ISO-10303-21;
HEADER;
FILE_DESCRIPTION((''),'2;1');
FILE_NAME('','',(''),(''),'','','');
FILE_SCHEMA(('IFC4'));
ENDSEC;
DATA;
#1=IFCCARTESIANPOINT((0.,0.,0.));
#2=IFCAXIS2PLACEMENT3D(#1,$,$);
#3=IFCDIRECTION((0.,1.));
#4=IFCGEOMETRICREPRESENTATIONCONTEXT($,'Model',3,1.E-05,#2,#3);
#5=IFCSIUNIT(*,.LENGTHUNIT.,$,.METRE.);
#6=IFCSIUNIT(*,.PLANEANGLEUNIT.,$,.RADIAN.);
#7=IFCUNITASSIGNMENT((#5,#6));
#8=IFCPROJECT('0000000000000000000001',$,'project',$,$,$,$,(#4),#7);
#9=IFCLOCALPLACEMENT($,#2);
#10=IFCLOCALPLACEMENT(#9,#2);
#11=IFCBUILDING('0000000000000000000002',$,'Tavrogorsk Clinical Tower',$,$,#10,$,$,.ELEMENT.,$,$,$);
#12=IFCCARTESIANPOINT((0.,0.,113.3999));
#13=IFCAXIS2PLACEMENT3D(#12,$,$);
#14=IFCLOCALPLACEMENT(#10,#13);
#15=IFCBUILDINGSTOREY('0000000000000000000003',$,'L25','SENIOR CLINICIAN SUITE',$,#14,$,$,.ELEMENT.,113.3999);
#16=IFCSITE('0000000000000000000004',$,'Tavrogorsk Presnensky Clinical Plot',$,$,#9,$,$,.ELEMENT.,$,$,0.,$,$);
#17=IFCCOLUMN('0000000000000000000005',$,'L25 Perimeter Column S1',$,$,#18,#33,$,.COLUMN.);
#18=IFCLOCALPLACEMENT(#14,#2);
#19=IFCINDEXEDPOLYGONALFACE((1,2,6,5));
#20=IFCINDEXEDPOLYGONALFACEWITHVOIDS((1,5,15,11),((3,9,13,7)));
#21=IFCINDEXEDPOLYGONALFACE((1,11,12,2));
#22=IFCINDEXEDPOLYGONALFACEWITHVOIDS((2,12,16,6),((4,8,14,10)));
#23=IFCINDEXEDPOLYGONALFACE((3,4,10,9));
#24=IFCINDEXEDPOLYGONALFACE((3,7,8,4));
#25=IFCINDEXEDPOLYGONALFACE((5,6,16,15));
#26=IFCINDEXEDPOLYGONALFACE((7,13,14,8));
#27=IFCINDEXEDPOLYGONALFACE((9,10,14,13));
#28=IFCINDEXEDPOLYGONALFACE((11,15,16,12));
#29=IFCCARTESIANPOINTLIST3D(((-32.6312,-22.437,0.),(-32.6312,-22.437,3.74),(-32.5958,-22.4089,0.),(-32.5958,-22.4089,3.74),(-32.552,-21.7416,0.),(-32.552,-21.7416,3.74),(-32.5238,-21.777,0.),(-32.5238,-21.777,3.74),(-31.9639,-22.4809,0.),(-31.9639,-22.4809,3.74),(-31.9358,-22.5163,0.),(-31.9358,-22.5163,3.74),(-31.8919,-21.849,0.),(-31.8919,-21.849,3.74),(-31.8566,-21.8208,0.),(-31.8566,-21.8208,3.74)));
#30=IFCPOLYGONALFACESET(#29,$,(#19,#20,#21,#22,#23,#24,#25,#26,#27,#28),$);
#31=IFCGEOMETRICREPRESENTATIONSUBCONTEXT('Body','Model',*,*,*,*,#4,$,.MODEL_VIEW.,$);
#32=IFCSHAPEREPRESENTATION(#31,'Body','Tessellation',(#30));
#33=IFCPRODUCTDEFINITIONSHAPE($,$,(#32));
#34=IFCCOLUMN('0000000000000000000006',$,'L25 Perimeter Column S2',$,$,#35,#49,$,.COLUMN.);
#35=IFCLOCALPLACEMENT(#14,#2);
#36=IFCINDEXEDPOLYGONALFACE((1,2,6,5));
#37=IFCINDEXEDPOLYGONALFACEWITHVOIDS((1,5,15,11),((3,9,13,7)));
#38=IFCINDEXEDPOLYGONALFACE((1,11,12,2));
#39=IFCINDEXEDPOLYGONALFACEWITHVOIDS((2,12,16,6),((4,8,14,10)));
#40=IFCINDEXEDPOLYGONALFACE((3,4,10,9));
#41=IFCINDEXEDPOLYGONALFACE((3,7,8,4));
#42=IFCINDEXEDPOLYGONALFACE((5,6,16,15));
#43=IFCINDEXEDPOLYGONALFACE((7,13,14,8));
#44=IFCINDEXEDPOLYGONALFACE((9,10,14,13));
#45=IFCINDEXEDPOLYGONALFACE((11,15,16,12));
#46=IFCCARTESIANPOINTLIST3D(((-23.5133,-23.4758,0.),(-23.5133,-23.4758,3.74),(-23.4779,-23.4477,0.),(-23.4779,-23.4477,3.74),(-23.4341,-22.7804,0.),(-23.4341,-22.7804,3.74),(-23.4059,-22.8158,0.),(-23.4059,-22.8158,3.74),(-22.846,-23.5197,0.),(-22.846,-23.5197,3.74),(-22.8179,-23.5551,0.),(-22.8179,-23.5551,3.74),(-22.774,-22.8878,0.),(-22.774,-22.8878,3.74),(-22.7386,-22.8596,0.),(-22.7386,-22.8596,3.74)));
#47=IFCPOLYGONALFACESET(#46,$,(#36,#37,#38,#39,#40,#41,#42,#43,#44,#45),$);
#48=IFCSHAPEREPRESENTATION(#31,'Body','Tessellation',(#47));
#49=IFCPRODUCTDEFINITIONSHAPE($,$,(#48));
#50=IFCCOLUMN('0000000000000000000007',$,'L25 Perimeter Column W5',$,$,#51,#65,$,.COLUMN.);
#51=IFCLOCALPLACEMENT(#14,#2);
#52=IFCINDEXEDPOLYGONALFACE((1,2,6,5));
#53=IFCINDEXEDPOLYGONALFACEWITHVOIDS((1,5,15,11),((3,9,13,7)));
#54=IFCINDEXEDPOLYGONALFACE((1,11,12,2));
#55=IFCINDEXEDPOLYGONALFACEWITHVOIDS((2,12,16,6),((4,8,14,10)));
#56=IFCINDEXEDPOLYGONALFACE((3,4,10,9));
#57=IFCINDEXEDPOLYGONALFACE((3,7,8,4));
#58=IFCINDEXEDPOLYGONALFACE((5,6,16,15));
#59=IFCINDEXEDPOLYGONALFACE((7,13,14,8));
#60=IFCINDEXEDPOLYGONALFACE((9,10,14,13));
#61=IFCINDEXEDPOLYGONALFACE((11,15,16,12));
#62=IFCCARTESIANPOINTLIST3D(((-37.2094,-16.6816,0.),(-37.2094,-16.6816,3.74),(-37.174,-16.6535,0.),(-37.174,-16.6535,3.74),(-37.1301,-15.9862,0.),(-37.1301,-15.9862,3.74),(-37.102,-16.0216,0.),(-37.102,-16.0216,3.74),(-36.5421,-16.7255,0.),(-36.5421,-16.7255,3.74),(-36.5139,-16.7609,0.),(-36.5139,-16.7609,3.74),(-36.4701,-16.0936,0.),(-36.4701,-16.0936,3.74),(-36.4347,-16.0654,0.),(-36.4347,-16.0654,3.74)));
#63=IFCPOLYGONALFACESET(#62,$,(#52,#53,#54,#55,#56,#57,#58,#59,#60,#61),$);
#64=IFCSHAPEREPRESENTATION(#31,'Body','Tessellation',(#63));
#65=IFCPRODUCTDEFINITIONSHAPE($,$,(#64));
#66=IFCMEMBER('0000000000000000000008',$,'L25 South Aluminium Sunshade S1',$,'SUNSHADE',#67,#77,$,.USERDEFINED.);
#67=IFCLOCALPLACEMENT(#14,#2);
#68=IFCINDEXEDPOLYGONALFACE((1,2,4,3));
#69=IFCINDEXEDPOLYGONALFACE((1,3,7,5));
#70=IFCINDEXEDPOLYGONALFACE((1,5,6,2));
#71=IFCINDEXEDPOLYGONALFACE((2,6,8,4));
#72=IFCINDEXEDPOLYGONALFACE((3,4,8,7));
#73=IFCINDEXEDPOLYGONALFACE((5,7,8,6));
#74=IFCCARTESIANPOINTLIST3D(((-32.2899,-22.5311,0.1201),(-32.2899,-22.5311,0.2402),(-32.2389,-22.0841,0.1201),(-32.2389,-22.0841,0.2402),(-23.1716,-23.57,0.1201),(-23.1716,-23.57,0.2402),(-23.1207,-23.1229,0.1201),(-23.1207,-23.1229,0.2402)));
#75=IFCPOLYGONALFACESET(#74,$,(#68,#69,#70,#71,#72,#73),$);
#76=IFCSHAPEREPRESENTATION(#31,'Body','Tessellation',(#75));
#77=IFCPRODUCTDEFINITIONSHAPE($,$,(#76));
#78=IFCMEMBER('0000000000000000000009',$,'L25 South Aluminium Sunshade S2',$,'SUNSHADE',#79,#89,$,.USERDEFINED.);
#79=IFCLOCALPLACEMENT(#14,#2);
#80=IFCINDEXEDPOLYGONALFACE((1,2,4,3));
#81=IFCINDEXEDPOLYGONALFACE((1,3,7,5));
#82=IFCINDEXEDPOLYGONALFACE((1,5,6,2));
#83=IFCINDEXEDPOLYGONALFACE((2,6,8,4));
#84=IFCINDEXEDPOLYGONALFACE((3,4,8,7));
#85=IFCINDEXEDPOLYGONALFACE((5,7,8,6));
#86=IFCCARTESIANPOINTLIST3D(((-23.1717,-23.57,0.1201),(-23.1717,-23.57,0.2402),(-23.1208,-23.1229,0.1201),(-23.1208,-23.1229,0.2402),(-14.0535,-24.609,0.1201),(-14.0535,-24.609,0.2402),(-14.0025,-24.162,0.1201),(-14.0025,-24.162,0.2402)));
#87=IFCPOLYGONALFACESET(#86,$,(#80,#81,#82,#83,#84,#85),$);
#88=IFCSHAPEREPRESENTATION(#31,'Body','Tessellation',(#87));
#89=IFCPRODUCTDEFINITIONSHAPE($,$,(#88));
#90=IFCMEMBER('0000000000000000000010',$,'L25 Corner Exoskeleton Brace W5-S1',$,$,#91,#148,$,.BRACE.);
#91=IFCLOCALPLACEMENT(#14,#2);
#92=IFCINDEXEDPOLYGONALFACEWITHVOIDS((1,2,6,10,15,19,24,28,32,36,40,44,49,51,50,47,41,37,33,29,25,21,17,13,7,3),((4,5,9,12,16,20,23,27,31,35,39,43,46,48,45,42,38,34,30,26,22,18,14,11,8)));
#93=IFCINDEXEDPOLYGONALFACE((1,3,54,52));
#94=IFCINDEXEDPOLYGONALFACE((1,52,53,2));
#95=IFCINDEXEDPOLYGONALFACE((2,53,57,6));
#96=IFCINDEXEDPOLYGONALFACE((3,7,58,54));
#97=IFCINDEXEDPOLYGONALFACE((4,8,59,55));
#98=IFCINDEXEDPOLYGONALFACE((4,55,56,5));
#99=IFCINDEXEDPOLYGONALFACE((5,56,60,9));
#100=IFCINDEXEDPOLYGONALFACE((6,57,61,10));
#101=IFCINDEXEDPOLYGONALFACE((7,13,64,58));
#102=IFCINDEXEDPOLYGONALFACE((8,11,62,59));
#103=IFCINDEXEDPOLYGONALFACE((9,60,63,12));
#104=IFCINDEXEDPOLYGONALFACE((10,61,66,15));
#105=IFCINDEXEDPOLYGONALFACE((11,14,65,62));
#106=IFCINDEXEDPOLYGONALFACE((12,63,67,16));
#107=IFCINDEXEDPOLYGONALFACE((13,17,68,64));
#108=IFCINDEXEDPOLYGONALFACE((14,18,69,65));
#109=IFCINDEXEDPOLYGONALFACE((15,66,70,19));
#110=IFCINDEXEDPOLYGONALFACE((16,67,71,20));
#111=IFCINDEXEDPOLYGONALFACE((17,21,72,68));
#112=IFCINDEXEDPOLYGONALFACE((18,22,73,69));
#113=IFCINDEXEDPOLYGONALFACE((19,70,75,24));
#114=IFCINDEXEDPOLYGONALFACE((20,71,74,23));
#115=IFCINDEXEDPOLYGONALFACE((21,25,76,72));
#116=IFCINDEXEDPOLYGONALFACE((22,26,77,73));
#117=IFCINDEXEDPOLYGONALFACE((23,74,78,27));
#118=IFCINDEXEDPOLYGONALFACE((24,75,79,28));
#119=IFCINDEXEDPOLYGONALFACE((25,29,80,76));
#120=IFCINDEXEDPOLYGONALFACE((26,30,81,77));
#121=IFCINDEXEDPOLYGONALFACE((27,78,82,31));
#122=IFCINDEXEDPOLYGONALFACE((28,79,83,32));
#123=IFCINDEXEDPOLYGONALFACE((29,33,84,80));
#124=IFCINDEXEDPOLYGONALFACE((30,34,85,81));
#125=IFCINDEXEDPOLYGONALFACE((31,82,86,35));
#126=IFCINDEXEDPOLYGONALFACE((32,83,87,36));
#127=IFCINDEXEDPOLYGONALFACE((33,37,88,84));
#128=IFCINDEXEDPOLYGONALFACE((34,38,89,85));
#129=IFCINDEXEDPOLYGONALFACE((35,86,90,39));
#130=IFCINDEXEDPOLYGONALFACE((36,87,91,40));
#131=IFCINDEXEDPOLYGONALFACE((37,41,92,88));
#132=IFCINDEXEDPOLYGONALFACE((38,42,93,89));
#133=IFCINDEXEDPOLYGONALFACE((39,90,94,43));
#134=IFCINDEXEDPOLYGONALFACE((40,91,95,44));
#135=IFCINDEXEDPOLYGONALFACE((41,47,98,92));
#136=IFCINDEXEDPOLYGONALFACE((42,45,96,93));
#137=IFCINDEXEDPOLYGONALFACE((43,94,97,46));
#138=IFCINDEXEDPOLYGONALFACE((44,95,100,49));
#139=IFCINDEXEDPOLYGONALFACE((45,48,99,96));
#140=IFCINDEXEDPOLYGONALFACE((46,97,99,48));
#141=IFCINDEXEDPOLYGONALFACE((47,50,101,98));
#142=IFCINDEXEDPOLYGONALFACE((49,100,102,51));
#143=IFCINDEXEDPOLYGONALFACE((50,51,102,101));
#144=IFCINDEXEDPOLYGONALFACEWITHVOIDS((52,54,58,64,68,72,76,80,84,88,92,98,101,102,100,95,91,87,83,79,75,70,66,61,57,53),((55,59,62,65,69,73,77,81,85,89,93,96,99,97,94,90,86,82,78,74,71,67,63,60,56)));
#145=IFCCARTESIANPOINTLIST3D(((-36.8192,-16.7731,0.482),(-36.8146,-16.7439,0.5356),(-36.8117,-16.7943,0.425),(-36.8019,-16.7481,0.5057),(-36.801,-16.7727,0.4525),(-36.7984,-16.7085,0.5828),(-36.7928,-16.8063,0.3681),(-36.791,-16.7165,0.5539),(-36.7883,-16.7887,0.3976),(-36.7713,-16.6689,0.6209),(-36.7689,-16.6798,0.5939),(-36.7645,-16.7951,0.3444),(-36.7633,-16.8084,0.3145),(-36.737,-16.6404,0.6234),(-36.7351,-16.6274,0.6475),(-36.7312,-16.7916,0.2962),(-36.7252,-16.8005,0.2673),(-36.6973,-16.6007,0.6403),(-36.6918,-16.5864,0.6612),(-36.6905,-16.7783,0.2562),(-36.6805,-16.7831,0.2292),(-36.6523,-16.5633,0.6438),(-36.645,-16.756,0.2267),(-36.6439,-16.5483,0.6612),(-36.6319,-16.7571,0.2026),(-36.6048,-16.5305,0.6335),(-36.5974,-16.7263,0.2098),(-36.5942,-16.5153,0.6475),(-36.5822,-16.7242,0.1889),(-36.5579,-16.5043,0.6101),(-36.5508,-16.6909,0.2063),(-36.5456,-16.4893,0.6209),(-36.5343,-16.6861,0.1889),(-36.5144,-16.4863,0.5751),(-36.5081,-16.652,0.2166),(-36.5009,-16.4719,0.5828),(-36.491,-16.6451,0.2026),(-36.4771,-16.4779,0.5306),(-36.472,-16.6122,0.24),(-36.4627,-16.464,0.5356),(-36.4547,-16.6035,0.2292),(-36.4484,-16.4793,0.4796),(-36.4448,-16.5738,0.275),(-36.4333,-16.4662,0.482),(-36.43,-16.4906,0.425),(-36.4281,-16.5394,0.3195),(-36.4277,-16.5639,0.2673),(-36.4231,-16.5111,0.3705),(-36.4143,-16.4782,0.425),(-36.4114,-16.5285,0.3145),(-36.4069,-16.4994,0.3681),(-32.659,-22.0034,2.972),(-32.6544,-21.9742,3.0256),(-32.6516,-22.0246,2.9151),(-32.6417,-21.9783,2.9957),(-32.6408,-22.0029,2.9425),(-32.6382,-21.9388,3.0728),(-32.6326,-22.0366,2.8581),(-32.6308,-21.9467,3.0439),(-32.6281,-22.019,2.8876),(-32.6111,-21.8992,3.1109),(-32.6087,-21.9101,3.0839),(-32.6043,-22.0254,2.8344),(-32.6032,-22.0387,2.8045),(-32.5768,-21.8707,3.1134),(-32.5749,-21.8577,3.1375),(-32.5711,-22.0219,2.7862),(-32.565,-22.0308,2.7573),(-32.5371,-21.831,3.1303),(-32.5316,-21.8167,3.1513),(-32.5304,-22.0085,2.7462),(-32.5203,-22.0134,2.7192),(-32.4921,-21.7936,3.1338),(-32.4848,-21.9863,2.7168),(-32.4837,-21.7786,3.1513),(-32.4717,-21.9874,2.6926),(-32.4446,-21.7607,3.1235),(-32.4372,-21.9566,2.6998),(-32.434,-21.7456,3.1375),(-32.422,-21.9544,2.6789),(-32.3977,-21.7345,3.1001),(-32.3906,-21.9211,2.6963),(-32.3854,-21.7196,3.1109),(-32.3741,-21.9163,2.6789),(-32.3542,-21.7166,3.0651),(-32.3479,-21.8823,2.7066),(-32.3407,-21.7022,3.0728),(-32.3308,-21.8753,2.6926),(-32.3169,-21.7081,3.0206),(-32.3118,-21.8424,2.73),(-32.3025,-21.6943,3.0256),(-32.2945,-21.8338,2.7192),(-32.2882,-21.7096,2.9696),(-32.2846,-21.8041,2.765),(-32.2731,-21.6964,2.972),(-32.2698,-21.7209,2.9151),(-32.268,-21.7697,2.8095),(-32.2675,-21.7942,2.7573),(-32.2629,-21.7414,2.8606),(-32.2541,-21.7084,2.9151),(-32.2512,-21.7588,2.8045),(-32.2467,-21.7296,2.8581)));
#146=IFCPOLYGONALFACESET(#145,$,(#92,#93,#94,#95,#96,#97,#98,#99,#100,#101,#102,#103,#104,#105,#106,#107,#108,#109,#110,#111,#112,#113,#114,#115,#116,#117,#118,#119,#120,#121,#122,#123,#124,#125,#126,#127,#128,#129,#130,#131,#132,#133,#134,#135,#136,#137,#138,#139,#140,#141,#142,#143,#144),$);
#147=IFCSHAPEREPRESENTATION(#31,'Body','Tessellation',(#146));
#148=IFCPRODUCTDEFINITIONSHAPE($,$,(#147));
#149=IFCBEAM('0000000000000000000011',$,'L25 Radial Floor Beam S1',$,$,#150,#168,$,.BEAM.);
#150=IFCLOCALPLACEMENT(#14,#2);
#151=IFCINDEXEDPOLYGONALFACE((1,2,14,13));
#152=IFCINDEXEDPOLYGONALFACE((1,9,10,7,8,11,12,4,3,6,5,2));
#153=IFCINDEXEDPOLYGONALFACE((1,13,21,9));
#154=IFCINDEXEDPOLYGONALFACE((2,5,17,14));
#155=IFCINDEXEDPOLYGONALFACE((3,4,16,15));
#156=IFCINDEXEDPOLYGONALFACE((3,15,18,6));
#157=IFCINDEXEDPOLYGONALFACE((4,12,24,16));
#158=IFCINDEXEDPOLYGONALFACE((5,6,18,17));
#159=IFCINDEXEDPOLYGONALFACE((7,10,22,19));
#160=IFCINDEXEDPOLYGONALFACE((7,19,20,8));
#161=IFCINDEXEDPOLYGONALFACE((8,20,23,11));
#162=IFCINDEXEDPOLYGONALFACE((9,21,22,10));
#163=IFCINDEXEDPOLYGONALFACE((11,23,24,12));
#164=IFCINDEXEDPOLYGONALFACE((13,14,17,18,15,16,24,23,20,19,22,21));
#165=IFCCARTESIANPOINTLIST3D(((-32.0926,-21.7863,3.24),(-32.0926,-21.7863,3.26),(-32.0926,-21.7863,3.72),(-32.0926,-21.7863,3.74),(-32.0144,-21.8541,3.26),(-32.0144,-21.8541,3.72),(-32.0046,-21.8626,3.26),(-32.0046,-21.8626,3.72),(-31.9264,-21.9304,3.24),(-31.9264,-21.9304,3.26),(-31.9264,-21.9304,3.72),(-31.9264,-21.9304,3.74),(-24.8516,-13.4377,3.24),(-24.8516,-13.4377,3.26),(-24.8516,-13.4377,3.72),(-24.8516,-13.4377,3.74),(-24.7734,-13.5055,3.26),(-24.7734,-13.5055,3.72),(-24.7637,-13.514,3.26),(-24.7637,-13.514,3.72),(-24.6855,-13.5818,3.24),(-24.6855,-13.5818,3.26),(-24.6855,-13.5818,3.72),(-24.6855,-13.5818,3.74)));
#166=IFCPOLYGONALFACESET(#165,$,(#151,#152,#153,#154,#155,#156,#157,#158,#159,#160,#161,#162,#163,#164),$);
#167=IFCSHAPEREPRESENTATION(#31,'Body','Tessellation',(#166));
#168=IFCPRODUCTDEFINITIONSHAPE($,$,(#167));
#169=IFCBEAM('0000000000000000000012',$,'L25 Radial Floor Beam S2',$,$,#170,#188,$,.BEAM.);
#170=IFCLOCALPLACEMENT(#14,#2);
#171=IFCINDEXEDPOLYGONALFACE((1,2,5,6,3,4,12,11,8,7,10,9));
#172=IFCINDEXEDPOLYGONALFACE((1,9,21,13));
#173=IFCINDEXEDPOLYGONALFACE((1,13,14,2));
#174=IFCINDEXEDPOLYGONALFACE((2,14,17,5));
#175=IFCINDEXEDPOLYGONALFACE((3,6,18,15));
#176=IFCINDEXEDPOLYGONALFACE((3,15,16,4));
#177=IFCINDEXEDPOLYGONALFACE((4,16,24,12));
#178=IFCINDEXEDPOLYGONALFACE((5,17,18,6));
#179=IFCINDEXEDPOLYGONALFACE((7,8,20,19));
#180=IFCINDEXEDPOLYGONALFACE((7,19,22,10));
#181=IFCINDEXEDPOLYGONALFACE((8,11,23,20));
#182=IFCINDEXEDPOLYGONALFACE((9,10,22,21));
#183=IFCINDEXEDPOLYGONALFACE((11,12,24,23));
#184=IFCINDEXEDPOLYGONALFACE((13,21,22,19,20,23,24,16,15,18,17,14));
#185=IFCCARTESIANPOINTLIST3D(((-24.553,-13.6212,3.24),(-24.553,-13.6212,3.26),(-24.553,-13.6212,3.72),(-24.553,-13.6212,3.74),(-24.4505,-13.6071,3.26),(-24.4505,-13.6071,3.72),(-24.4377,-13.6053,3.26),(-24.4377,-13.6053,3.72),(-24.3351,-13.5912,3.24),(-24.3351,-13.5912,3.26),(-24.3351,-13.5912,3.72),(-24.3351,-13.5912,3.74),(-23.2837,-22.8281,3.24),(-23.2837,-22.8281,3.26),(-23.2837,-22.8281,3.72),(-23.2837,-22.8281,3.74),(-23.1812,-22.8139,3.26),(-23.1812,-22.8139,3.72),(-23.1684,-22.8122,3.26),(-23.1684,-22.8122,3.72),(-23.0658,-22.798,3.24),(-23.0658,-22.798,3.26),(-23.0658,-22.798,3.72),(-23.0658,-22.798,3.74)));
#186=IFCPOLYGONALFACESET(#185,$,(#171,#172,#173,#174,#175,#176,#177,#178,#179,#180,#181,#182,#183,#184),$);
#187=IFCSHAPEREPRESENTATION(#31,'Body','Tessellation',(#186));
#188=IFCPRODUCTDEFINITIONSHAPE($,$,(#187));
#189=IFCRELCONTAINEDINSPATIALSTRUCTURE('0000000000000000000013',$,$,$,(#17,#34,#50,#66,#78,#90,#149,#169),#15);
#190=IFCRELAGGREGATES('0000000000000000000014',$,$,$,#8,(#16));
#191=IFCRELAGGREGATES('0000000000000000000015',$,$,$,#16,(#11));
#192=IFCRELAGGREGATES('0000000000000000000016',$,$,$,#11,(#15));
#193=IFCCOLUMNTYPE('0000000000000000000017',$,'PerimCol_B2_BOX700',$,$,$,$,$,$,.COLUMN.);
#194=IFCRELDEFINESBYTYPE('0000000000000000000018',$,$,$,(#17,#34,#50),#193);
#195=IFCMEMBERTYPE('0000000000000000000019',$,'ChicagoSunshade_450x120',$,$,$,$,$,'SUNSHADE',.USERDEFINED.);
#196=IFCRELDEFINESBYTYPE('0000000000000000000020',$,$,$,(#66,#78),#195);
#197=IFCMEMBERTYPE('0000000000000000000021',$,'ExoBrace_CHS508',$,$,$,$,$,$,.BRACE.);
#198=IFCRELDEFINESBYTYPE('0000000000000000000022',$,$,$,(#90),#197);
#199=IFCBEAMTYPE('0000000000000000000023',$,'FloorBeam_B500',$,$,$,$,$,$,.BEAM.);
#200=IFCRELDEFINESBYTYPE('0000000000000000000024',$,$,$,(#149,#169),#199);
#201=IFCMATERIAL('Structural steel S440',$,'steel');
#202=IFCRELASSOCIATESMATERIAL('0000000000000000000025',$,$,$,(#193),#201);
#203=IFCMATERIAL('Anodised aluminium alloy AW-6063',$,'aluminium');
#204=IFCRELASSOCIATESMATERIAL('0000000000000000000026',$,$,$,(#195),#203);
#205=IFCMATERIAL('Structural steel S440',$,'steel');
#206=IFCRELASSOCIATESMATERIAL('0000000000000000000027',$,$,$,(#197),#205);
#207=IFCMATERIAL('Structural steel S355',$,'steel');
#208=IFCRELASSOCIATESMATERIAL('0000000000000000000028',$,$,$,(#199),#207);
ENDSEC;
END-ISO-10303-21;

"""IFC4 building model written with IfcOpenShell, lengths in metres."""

from ifc_helpers import new_model, si_unit, direction, frame, origin, origin_2d, place, context, subcontext, project, spatial, rectangle, hollow_rectangle, hollow_circle, i_section, extrude, material, material_profile, profile_set, type_object, element, save


model = new_model("IFC4")

# Units and contexts
model_context = context("Model", 3, precision=1e-05, world=origin(), true_north=direction((0.0, 1.0)))
body_context = subcontext(model_context, "Body", "Model", "MODEL_VIEW")
ifc_project = project(units=[si_unit("LENGTHUNIT", "METRE"), si_unit("PLANEANGLEUNIT", "RADIAN")], contexts=[model_context])

# Site, building, storey
site_placement = place(None, origin())
site = spatial("IfcSite", under=ifc_project, at=site_placement, Name="Tavrogorsk Presnensky Clinical Plot", CompositionType="ELEMENT", RefElevation=0.0)
building_placement = place(site_placement, origin())
building = spatial("IfcBuilding", under=site, at=building_placement, Name="Tavrogorsk Clinical Tower", CompositionType="ELEMENT")
storey_placement = place(building_placement, frame((0.0, 0.0, 113.3999)))
storey = spatial("IfcBuildingStorey", under=building, at=storey_placement, Name="L25", Description="SENIOR CLINICIAN SUITE", CompositionType="ELEMENT", Elevation=113.3999)

# Columns
ifc_material_1 = material(Name="Structural steel S440", Category="steel")
ifc_material_profile_1 = material_profile(ifc_material_1, hollow_rectangle(XDim=0.7, YDim=0.7, WallThickness=0.032, at=origin_2d()), Name="BOX-700x700x32")
ifc_profile_set_1 = profile_set([ifc_material_profile_1], Name="Structural steel S440")
column_type = type_object("IfcColumnType", Name="PerimCol_B2_BOX700", PredefinedType="COLUMN", material=ifc_profile_set_1)
for number, where, z_axis, x_axis, name in (
    (1, (-32.2439, -22.1289, 0.0), (0.0, 0.0, 1.0), (0.993572, -0.113203, 0.0), "L25 Perimeter Column S1"),
    (2, (-23.126, -23.1677, 0.0), (0.0, 0.0, 1.0), (0.993572, -0.113203, 0.0), "L25 Perimeter Column S2"),
    (3, (-36.822, -16.3735, 0.0), (0.0, 0.0, 1.0), (0.993572, -0.113203, 0.0), "L25 Perimeter Column W5"),
):
    element("IfcColumn", number, at=place(storey_placement, frame(where, z_axis=z_axis, x_axis=x_axis)), inside=storey, type_object=column_type, Name=name, PredefinedType="COLUMN", context=body_context, shape_type="SweptSolid", body=[
        extrude(hollow_rectangle(XDim=0.7, YDim=0.7, WallThickness=0.032, at=origin_2d()), origin(), (0.0, 0.0, 1.0), 3.74),
    ])

# Members
ifc_material_2 = material(Name="Anodised aluminium alloy AW-6063", Category="aluminium")
ifc_material_profile_2 = material_profile(ifc_material_2, rectangle(XDim=0.45, YDim=0.1201, at=origin_2d()), Name="ALU-SUNSHADE-450x120")
ifc_profile_set_2 = profile_set([ifc_material_profile_2], Name="Anodised aluminium alloy AW-6063")
member_type_1 = type_object("IfcMemberType", Name="ChicagoSunshade_450x120", ElementType="SUNSHADE", PredefinedType="USERDEFINED", material=ifc_profile_set_2)
for number, where, z_axis, x_axis, name in (
    (4, (-32.2644, -22.3076, 0.1802), (0.993573, -0.113196, 0.0), (0.113196, 0.993573, 0.0), "L25 South Aluminium Sunshade S1"),
    (5, (-23.1462, -23.3464, 0.1802), (0.99357, -0.113222, 0.0), (0.113222, 0.99357, 0.0), "L25 South Aluminium Sunshade S2"),
):
    element("IfcMember", number, at=place(storey_placement, frame(where, z_axis=z_axis, x_axis=x_axis)), inside=storey, type_object=member_type_1, Name=name, ObjectType="SUNSHADE", PredefinedType="USERDEFINED", context=body_context, shape_type="SweptSolid", body=[
        extrude(rectangle(XDim=0.45, YDim=0.1201, at=origin_2d()), origin(), (0.0, 0.0, 1.0), 9.1772),
    ])
ifc_material_3 = material(Name="Structural steel S440", Category="steel")
ifc_material_profile_3 = material_profile(ifc_material_3, hollow_circle(Radius=0.2539, WallThickness=0.02, at=origin_2d()), Name="CHS-508x20")
ifc_profile_set_3 = profile_set([ifc_material_profile_3], Name="Structural steel S440")
member_type_2 = type_object("IfcMemberType", Name="ExoBrace_CHS508", PredefinedType="BRACE", material=ifc_profile_set_3)
member_1_placement = place(storey_placement, frame((-36.613, -16.6362, 0.425), z_axis=(0.583327, -0.733369, 0.34914), x_axis=(0.782619, 0.622501, 0.0)))
element("IfcMember", 6, at=member_1_placement, inside=storey, type_object=member_type_2, Name="L25 Corner Exoskeleton Brace W5-S1", PredefinedType="BRACE", context=body_context, shape_type="SweptSolid", body=[
    extrude(hollow_circle(Radius=0.2539, WallThickness=0.02, at=origin_2d()), origin(), (0.0, 0.0, 1.0), 7.1318),
])

# Beams
ifc_material_4 = material(Name="Structural steel S355", Category="steel")
ifc_material_profile_4 = material_profile(ifc_material_4, i_section(OverallWidth=0.22, OverallDepth=0.5, WebThickness=0.0129, FlangeThickness=0.02, at=origin_2d()), Name="B-500x220x13x20")
ifc_profile_set_4 = profile_set([ifc_material_profile_4], Name="Structural steel S355")
beam_type_1 = type_object("IfcBeamType", Name="FloorBeam_B500", PredefinedType="BEAM", material=ifc_profile_set_4)
beam_1_placement = place(storey_placement, frame((-24.7686, -13.5098, 3.49), z_axis=(-0.655214, -0.755443, 0.0), x_axis=(0.755443, -0.655214, 0.0)))
element("IfcBeam", 7, at=beam_1_placement, inside=storey, type_object=beam_type_1, Name="L25 Radial Floor Beam S1", PredefinedType="BEAM", context=body_context, shape_type="SweptSolid", body=[
    extrude(i_section(OverallWidth=0.22, OverallDepth=0.5, WebThickness=0.0129, FlangeThickness=0.02, at=origin_2d()), origin(), (0.0, 0.0, 1.0), 11.0513),
])
beam_2_placement = place(storey_placement, frame((-24.4441, -13.6062, 3.49), z_axis=(0.136573, -0.99063, 0.0), x_axis=(0.99063, 0.136573, 0.0)))
element("IfcBeam", 8, at=beam_2_placement, inside=storey, type_object=beam_type_1, Name="L25 Radial Floor Beam S2", PredefinedType="BEAM", context=body_context, shape_type="SweptSolid", body=[
    extrude(i_section(OverallWidth=0.22, OverallDepth=0.5, WebThickness=0.0129, FlangeThickness=0.02, at=origin_2d()), origin(), (0.0, 0.0, 1.0), 9.2939),
])

save(model, "model.ifc")
